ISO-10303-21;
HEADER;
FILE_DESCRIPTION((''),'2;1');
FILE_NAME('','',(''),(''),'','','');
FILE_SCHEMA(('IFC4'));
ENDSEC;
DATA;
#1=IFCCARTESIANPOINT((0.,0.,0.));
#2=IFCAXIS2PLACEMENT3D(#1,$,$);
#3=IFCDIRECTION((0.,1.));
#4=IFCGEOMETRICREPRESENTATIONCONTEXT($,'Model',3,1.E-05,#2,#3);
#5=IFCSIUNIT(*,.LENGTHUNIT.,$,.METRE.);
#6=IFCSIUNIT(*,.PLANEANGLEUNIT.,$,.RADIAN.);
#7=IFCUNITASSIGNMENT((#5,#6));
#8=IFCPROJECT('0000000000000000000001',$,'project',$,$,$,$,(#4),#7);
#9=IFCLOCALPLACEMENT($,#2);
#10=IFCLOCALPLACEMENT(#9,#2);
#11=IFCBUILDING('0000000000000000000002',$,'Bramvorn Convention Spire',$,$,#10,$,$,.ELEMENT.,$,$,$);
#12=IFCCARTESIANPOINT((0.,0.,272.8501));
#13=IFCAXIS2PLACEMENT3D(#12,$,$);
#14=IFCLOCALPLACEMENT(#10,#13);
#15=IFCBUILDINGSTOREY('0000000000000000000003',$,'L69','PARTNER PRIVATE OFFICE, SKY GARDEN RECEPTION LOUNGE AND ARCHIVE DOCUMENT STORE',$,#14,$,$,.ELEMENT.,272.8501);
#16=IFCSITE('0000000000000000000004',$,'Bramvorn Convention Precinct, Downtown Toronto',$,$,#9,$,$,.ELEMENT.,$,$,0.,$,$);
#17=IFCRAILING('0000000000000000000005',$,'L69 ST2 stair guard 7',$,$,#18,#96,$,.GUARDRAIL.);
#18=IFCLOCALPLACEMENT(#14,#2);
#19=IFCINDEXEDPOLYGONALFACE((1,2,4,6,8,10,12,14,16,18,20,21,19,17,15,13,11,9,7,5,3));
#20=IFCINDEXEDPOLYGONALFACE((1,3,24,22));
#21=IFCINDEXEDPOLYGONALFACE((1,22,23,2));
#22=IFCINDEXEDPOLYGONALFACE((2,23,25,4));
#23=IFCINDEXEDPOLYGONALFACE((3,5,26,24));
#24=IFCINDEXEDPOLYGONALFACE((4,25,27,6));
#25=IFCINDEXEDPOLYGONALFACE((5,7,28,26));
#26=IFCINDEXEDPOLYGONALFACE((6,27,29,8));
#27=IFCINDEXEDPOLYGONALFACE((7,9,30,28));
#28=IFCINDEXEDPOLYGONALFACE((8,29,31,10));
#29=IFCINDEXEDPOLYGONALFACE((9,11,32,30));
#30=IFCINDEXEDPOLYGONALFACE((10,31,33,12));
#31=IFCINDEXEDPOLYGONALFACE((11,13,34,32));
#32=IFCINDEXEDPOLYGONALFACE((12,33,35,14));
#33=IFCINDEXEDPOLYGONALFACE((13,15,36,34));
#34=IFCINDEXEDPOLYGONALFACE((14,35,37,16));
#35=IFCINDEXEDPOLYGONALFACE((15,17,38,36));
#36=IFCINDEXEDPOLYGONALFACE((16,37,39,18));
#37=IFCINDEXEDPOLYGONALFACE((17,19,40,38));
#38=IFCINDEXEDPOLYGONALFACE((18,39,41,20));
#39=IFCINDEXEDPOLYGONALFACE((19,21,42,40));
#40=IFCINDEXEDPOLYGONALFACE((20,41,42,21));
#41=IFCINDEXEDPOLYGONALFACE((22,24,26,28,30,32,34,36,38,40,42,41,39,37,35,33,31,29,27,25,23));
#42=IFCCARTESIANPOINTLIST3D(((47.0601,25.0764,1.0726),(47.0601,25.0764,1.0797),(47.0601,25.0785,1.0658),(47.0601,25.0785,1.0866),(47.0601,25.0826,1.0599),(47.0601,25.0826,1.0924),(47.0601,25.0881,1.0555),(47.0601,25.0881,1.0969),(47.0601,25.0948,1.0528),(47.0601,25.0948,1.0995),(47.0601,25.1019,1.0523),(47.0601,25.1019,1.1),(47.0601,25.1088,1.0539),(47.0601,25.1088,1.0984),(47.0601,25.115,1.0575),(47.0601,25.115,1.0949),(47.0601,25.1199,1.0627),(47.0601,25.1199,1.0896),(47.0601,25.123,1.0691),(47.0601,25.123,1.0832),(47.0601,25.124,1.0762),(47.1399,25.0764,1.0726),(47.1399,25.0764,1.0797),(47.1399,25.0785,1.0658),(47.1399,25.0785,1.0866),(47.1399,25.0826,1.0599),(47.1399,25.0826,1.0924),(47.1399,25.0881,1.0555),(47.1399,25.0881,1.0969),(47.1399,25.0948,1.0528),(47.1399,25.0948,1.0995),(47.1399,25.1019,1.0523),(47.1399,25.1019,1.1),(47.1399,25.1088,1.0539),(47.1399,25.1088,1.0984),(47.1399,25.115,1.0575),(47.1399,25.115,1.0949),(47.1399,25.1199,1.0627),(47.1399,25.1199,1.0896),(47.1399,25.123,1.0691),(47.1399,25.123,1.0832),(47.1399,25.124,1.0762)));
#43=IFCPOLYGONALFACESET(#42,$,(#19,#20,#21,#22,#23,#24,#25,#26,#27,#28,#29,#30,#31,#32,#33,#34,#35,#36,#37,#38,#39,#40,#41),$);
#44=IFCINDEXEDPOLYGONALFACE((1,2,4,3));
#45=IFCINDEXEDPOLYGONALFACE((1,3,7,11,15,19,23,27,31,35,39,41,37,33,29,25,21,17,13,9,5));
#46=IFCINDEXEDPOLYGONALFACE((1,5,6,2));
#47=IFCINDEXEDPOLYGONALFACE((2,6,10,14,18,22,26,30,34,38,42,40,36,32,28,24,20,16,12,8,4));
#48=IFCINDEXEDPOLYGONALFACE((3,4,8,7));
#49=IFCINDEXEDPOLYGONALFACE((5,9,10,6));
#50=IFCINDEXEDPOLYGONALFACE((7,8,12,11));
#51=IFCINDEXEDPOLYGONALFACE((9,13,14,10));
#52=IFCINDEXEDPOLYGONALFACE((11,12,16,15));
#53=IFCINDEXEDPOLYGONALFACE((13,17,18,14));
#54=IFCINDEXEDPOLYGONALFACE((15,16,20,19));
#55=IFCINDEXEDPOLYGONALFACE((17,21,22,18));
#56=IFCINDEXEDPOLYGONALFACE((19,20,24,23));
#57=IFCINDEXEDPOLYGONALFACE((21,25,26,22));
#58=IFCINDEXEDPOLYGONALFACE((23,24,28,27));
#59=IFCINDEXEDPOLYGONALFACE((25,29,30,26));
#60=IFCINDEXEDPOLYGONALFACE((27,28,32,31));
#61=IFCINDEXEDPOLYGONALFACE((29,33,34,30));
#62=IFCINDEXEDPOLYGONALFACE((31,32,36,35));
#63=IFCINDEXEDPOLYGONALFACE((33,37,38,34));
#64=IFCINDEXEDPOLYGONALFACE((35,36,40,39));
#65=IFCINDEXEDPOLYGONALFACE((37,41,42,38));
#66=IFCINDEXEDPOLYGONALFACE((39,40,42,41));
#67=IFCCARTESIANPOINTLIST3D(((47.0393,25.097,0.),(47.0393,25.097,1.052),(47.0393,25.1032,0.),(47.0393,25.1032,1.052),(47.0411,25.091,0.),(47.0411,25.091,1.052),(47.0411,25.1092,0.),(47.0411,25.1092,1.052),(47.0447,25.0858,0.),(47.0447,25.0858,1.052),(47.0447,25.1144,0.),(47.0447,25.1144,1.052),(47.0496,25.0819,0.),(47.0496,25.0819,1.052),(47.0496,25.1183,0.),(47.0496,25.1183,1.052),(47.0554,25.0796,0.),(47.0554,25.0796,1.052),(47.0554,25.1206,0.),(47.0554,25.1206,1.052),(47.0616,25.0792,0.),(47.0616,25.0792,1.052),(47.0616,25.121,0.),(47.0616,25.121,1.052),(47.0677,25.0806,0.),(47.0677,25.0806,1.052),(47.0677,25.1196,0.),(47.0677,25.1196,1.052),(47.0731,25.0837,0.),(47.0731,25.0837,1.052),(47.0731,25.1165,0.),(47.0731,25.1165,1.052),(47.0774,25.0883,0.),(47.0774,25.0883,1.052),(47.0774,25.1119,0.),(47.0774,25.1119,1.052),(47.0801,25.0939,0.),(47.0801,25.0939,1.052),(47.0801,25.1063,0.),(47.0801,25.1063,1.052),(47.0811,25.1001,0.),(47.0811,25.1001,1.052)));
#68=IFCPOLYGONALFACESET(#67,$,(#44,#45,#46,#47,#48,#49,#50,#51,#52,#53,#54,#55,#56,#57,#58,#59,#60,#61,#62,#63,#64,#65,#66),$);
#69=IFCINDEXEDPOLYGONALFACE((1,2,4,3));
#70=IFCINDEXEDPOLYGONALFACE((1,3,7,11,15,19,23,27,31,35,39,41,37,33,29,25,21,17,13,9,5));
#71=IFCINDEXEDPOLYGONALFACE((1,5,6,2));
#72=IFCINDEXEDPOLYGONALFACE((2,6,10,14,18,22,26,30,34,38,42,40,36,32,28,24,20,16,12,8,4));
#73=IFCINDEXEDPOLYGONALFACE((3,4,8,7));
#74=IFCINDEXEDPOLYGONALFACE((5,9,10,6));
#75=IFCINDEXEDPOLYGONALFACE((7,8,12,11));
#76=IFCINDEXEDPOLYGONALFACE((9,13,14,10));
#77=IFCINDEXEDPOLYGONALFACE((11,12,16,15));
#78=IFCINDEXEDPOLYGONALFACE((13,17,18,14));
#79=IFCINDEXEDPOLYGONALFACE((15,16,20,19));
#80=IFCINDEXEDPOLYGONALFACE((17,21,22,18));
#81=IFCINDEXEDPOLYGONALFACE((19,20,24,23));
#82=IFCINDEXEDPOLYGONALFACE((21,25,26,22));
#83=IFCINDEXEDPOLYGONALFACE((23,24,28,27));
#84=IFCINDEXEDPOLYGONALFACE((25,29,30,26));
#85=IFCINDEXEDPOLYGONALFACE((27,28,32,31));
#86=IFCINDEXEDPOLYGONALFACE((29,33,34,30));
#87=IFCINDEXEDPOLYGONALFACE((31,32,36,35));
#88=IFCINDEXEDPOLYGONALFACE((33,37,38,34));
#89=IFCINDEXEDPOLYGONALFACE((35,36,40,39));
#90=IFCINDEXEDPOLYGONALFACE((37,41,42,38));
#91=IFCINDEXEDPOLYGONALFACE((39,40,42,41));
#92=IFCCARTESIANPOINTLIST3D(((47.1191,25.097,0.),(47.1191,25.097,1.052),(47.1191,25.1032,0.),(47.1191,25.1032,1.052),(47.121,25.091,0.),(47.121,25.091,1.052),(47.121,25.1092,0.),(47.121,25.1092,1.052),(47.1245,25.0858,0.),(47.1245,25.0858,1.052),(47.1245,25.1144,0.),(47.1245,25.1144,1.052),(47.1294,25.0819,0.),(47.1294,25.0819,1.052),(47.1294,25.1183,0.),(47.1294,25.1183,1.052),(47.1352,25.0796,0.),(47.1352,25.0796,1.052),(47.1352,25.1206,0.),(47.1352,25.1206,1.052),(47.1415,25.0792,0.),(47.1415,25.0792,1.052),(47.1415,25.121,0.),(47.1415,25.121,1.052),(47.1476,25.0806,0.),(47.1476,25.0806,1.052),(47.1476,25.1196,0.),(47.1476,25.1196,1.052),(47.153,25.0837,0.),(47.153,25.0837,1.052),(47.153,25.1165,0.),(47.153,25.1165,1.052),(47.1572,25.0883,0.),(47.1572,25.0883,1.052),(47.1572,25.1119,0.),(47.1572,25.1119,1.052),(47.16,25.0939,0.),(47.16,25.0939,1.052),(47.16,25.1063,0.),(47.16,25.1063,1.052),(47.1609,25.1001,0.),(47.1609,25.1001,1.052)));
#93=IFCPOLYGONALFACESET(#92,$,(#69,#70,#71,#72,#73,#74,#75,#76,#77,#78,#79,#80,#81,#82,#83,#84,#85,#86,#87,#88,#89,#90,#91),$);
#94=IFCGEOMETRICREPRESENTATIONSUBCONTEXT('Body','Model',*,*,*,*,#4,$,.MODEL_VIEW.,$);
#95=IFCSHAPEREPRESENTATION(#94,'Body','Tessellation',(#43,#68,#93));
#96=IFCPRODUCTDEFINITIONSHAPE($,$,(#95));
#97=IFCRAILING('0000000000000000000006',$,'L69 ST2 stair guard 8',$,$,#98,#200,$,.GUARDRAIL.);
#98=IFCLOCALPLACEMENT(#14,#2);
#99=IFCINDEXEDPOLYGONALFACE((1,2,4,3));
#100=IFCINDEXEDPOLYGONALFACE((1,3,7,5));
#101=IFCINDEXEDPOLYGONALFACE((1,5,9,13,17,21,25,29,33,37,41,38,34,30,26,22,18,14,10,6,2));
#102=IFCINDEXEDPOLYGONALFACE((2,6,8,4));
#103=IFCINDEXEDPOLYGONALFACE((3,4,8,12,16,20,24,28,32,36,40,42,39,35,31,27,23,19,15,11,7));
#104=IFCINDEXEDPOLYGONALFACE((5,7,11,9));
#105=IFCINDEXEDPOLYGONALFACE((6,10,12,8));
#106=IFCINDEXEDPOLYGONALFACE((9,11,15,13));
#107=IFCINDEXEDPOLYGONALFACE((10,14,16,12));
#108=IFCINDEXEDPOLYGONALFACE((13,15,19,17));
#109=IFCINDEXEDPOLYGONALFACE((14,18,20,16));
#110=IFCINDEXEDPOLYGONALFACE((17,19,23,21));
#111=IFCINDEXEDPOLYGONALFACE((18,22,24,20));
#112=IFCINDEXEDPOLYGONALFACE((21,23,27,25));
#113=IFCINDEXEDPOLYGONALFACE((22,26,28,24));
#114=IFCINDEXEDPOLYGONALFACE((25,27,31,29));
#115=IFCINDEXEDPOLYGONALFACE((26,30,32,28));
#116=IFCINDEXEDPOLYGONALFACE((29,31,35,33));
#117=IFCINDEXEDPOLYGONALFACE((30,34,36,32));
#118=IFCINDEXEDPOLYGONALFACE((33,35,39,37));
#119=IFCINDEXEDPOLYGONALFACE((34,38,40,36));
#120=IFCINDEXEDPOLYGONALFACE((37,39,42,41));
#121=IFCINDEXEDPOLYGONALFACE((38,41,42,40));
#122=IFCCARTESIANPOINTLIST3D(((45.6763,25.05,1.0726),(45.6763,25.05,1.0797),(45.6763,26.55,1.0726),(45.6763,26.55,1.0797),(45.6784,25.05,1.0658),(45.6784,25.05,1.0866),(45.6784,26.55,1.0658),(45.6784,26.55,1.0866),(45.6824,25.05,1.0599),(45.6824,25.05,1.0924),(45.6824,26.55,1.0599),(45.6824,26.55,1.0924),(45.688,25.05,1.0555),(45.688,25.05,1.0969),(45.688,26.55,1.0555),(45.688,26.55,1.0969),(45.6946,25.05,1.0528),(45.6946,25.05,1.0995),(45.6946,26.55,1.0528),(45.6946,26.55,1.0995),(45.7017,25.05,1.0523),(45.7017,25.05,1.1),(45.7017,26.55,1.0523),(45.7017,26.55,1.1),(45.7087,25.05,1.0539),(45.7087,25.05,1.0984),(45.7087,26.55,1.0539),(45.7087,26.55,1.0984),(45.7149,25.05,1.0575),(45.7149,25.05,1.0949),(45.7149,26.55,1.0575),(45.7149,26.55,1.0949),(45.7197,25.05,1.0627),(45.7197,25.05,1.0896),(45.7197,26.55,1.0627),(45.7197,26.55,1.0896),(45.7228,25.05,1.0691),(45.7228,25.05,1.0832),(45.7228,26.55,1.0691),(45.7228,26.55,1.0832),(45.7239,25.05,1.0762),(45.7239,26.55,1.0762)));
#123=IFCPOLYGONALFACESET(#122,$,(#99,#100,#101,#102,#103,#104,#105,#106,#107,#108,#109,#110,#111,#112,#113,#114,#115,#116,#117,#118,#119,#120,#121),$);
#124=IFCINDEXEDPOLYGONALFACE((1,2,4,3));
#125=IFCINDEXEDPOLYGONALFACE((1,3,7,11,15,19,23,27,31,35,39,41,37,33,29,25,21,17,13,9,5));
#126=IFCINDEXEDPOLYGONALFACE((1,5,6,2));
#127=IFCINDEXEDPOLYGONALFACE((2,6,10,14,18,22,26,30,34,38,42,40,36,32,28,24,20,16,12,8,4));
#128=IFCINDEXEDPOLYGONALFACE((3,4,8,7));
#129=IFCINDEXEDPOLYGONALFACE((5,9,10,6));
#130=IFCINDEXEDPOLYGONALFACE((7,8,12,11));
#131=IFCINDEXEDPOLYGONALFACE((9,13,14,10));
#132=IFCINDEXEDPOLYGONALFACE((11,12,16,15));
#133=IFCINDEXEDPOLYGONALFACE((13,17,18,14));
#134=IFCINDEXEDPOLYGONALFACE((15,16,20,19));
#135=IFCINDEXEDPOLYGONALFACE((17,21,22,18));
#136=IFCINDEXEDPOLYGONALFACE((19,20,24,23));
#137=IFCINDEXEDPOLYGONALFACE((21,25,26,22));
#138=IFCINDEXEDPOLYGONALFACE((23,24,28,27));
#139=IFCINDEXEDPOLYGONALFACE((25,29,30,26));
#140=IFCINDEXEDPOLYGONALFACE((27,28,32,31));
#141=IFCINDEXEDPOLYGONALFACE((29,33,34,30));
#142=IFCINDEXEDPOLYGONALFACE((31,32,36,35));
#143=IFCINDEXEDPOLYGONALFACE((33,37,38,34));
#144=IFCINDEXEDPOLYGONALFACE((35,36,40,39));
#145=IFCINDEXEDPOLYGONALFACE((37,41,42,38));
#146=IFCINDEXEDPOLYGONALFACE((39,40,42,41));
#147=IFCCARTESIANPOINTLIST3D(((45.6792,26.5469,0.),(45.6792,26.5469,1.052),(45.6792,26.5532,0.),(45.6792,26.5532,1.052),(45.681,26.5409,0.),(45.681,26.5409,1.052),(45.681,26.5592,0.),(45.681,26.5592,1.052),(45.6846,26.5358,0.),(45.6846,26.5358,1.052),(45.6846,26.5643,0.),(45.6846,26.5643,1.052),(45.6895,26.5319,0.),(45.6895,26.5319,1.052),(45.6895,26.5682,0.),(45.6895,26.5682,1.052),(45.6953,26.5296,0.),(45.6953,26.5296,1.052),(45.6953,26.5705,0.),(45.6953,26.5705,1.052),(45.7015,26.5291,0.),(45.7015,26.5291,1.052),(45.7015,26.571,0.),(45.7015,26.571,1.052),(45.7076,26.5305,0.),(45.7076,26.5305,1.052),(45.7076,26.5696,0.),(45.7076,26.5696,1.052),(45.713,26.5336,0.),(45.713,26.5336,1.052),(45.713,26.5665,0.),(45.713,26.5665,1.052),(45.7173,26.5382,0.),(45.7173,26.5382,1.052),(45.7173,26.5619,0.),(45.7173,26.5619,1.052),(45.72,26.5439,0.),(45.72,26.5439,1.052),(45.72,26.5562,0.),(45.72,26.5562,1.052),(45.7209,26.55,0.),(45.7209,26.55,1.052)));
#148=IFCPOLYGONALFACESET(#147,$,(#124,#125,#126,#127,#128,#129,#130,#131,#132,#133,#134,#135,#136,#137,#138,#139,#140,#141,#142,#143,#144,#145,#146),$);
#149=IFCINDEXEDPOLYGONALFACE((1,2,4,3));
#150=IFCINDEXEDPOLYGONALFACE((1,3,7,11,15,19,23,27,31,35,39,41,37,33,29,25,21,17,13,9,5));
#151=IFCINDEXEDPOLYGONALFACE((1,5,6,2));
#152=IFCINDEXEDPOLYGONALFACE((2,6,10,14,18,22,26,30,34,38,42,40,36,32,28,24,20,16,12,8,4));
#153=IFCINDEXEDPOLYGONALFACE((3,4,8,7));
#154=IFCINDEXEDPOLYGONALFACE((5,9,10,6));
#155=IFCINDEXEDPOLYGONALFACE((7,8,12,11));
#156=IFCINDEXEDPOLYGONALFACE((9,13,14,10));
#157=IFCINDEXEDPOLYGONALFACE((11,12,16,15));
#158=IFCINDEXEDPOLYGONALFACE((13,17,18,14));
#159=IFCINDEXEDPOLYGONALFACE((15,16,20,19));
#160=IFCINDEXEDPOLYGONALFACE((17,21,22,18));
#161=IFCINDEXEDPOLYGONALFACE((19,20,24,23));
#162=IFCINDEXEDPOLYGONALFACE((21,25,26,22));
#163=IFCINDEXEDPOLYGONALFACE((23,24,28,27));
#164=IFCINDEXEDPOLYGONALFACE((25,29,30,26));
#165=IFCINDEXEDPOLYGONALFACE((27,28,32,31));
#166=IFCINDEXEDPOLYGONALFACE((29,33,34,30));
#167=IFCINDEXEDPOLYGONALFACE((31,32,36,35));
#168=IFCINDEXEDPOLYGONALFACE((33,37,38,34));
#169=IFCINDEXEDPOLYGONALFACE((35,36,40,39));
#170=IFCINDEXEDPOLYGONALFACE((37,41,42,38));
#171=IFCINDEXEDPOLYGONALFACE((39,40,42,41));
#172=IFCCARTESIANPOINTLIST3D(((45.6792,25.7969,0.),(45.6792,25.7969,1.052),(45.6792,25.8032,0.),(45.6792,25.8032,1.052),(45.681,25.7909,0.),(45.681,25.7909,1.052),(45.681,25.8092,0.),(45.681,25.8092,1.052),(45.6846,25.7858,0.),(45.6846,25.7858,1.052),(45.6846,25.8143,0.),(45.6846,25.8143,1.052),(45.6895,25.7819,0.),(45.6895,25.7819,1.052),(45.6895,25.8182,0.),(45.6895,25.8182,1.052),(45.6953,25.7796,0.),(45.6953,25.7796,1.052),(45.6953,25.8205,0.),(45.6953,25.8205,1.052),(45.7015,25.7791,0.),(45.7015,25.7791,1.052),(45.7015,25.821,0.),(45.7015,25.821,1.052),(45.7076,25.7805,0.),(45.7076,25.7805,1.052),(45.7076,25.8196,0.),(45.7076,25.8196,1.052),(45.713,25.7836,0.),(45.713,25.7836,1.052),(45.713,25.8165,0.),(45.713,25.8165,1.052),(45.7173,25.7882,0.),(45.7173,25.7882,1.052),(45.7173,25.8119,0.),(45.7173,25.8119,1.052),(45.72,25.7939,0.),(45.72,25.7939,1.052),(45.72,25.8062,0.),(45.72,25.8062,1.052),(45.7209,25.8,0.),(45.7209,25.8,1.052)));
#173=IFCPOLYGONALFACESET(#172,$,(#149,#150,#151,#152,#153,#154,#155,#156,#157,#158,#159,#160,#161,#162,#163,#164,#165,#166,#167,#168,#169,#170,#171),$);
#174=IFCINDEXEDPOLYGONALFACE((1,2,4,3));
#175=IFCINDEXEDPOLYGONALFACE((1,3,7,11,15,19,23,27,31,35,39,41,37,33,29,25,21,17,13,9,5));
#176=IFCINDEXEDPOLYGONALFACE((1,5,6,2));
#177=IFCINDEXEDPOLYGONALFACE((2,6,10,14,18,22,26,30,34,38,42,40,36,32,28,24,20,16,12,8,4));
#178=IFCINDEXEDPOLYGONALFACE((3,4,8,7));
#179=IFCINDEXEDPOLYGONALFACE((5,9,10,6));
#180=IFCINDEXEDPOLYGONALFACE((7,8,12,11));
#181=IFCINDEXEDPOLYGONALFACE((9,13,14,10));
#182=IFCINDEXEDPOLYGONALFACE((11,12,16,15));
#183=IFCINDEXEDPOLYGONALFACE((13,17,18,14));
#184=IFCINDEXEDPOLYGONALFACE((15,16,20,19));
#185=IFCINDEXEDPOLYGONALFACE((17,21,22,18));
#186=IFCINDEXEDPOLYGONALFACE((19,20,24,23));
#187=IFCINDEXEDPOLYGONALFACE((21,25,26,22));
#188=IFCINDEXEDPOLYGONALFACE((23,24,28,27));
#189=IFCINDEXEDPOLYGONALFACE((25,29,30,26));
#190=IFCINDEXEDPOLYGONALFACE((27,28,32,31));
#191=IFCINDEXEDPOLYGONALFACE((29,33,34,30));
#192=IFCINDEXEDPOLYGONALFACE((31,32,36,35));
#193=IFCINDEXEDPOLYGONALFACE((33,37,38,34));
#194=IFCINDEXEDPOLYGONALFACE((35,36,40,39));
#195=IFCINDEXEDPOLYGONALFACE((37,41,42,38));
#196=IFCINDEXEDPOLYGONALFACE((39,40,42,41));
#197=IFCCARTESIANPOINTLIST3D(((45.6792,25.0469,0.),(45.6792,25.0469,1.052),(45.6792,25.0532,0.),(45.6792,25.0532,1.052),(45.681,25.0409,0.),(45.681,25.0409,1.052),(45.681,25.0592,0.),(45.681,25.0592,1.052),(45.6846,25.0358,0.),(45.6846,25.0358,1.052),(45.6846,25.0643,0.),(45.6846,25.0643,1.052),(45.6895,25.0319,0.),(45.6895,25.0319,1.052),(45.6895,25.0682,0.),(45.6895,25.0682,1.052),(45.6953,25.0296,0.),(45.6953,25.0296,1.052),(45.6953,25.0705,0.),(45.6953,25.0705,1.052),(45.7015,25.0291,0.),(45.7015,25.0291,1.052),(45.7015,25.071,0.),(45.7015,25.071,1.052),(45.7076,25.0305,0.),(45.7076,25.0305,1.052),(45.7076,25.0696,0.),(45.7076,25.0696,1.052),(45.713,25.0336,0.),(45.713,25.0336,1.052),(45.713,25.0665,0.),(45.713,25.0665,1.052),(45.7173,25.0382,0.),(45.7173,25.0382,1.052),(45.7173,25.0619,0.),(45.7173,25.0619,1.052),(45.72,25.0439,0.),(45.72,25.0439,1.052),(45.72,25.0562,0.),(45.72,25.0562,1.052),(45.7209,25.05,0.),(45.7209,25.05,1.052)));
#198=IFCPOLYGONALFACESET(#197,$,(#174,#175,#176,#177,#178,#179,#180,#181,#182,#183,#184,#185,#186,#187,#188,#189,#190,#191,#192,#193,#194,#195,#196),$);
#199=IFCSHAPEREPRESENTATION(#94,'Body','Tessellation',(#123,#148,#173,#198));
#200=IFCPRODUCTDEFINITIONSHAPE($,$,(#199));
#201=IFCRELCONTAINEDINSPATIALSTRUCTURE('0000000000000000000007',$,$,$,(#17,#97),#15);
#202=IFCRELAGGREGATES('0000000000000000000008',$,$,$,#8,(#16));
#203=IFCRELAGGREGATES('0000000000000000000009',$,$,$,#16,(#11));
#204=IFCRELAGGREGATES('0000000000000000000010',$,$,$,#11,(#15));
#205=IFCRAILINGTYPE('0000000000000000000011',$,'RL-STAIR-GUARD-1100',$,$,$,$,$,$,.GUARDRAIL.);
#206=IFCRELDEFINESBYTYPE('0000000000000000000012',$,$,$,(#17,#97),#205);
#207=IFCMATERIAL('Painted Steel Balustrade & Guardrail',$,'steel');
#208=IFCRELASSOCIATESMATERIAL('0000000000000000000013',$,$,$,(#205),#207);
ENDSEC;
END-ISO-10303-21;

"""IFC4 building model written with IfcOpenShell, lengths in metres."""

from ifc_helpers import new_model, si_unit, direction, frame, origin, origin_2d, place, context, subcontext, project, spatial, circle, extrude, material, type_object, element, save


model = new_model("IFC4")

# Units and contexts
model_context = context("Model", 3, precision=1e-05, world=origin(), true_north=direction((0.0, 1.0)))
body_context = subcontext(model_context, "Body", "Model", "MODEL_VIEW")
ifc_project = project(units=[si_unit("LENGTHUNIT", "METRE"), si_unit("PLANEANGLEUNIT", "RADIAN")], contexts=[model_context])

# Site, building, storey
site_placement = place(None, origin())
site = spatial("IfcSite", under=ifc_project, at=site_placement, Name="Bramvorn Convention Precinct, Downtown Toronto", CompositionType="ELEMENT", RefElevation=0.0)
building_placement = place(site_placement, origin())
building = spatial("IfcBuilding", under=site, at=building_placement, Name="Bramvorn Convention Spire", CompositionType="ELEMENT")
storey_placement = place(building_placement, frame((0.0, 0.0, 272.8501)))
storey = spatial("IfcBuildingStorey", under=building, at=storey_placement, Name="L69", Description="PARTNER PRIVATE OFFICE, SKY GARDEN RECEPTION LOUNGE AND ARCHIVE DOCUMENT STORE", CompositionType="ELEMENT", Elevation=272.8501)

# Railings
ifc_material_1 = material(Name="Painted Steel Balustrade & Guardrail", Category="steel")
railing_type_1 = type_object("IfcRailingType", Name="RL-STAIR-GUARD-1100", PredefinedType="GUARDRAIL", material=ifc_material_1)
railing_1_placement = place(storey_placement, frame((47.0601, 25.1001, 0.0)))
element("IfcRailing", 1, at=railing_1_placement, inside=storey, type_object=railing_type_1, Name="L69 ST2 stair guard 7", PredefinedType="GUARDRAIL", context=body_context, shape_type="SweptSolid", body=[
    extrude(circle(Radius=0.0239, at=origin_2d()), frame((0.0, 0.0, 1.0762), z_axis=(1.0, 0.0, 0.0), x_axis=(0.0, 1.0, 0.0)), (0.0, 0.0, 1.0), 0.0798),
    extrude(circle(Radius=0.021, at=origin_2d()), origin(), (0.0, 0.0, 1.0), 1.052),
    extrude(circle(Radius=0.021, at=origin_2d()), frame((0.0798, 0.0, 0.0)), (0.0, 0.0, 1.0), 1.052),
])
railing_2_placement = place(storey_placement, frame((45.7, 26.55, 0.0)))
element("IfcRailing", 2, at=railing_2_placement, inside=storey, type_object=railing_type_1, Name="L69 ST2 stair guard 8", PredefinedType="GUARDRAIL", context=body_context, shape_type="SweptSolid", body=[
    extrude(circle(Radius=0.0239, at=origin_2d()), frame((0.0, 0.0, 1.0762), z_axis=(0.0, -1.0, 0.0), x_axis=(1.0, 0.0, 0.0)), (0.0, 0.0, 1.0), 1.5),
    extrude(circle(Radius=0.021, at=origin_2d()), origin(), (0.0, 0.0, 1.0), 1.052),
    extrude(circle(Radius=0.021, at=origin_2d()), frame((0.0, -0.75, 0.0)), (0.0, 0.0, 1.0), 1.052),
    extrude(circle(Radius=0.021, at=origin_2d()), frame((0.0, -1.5, 0.0)), (0.0, 0.0, 1.0), 1.052),
])

save(model, "model.ifc")
